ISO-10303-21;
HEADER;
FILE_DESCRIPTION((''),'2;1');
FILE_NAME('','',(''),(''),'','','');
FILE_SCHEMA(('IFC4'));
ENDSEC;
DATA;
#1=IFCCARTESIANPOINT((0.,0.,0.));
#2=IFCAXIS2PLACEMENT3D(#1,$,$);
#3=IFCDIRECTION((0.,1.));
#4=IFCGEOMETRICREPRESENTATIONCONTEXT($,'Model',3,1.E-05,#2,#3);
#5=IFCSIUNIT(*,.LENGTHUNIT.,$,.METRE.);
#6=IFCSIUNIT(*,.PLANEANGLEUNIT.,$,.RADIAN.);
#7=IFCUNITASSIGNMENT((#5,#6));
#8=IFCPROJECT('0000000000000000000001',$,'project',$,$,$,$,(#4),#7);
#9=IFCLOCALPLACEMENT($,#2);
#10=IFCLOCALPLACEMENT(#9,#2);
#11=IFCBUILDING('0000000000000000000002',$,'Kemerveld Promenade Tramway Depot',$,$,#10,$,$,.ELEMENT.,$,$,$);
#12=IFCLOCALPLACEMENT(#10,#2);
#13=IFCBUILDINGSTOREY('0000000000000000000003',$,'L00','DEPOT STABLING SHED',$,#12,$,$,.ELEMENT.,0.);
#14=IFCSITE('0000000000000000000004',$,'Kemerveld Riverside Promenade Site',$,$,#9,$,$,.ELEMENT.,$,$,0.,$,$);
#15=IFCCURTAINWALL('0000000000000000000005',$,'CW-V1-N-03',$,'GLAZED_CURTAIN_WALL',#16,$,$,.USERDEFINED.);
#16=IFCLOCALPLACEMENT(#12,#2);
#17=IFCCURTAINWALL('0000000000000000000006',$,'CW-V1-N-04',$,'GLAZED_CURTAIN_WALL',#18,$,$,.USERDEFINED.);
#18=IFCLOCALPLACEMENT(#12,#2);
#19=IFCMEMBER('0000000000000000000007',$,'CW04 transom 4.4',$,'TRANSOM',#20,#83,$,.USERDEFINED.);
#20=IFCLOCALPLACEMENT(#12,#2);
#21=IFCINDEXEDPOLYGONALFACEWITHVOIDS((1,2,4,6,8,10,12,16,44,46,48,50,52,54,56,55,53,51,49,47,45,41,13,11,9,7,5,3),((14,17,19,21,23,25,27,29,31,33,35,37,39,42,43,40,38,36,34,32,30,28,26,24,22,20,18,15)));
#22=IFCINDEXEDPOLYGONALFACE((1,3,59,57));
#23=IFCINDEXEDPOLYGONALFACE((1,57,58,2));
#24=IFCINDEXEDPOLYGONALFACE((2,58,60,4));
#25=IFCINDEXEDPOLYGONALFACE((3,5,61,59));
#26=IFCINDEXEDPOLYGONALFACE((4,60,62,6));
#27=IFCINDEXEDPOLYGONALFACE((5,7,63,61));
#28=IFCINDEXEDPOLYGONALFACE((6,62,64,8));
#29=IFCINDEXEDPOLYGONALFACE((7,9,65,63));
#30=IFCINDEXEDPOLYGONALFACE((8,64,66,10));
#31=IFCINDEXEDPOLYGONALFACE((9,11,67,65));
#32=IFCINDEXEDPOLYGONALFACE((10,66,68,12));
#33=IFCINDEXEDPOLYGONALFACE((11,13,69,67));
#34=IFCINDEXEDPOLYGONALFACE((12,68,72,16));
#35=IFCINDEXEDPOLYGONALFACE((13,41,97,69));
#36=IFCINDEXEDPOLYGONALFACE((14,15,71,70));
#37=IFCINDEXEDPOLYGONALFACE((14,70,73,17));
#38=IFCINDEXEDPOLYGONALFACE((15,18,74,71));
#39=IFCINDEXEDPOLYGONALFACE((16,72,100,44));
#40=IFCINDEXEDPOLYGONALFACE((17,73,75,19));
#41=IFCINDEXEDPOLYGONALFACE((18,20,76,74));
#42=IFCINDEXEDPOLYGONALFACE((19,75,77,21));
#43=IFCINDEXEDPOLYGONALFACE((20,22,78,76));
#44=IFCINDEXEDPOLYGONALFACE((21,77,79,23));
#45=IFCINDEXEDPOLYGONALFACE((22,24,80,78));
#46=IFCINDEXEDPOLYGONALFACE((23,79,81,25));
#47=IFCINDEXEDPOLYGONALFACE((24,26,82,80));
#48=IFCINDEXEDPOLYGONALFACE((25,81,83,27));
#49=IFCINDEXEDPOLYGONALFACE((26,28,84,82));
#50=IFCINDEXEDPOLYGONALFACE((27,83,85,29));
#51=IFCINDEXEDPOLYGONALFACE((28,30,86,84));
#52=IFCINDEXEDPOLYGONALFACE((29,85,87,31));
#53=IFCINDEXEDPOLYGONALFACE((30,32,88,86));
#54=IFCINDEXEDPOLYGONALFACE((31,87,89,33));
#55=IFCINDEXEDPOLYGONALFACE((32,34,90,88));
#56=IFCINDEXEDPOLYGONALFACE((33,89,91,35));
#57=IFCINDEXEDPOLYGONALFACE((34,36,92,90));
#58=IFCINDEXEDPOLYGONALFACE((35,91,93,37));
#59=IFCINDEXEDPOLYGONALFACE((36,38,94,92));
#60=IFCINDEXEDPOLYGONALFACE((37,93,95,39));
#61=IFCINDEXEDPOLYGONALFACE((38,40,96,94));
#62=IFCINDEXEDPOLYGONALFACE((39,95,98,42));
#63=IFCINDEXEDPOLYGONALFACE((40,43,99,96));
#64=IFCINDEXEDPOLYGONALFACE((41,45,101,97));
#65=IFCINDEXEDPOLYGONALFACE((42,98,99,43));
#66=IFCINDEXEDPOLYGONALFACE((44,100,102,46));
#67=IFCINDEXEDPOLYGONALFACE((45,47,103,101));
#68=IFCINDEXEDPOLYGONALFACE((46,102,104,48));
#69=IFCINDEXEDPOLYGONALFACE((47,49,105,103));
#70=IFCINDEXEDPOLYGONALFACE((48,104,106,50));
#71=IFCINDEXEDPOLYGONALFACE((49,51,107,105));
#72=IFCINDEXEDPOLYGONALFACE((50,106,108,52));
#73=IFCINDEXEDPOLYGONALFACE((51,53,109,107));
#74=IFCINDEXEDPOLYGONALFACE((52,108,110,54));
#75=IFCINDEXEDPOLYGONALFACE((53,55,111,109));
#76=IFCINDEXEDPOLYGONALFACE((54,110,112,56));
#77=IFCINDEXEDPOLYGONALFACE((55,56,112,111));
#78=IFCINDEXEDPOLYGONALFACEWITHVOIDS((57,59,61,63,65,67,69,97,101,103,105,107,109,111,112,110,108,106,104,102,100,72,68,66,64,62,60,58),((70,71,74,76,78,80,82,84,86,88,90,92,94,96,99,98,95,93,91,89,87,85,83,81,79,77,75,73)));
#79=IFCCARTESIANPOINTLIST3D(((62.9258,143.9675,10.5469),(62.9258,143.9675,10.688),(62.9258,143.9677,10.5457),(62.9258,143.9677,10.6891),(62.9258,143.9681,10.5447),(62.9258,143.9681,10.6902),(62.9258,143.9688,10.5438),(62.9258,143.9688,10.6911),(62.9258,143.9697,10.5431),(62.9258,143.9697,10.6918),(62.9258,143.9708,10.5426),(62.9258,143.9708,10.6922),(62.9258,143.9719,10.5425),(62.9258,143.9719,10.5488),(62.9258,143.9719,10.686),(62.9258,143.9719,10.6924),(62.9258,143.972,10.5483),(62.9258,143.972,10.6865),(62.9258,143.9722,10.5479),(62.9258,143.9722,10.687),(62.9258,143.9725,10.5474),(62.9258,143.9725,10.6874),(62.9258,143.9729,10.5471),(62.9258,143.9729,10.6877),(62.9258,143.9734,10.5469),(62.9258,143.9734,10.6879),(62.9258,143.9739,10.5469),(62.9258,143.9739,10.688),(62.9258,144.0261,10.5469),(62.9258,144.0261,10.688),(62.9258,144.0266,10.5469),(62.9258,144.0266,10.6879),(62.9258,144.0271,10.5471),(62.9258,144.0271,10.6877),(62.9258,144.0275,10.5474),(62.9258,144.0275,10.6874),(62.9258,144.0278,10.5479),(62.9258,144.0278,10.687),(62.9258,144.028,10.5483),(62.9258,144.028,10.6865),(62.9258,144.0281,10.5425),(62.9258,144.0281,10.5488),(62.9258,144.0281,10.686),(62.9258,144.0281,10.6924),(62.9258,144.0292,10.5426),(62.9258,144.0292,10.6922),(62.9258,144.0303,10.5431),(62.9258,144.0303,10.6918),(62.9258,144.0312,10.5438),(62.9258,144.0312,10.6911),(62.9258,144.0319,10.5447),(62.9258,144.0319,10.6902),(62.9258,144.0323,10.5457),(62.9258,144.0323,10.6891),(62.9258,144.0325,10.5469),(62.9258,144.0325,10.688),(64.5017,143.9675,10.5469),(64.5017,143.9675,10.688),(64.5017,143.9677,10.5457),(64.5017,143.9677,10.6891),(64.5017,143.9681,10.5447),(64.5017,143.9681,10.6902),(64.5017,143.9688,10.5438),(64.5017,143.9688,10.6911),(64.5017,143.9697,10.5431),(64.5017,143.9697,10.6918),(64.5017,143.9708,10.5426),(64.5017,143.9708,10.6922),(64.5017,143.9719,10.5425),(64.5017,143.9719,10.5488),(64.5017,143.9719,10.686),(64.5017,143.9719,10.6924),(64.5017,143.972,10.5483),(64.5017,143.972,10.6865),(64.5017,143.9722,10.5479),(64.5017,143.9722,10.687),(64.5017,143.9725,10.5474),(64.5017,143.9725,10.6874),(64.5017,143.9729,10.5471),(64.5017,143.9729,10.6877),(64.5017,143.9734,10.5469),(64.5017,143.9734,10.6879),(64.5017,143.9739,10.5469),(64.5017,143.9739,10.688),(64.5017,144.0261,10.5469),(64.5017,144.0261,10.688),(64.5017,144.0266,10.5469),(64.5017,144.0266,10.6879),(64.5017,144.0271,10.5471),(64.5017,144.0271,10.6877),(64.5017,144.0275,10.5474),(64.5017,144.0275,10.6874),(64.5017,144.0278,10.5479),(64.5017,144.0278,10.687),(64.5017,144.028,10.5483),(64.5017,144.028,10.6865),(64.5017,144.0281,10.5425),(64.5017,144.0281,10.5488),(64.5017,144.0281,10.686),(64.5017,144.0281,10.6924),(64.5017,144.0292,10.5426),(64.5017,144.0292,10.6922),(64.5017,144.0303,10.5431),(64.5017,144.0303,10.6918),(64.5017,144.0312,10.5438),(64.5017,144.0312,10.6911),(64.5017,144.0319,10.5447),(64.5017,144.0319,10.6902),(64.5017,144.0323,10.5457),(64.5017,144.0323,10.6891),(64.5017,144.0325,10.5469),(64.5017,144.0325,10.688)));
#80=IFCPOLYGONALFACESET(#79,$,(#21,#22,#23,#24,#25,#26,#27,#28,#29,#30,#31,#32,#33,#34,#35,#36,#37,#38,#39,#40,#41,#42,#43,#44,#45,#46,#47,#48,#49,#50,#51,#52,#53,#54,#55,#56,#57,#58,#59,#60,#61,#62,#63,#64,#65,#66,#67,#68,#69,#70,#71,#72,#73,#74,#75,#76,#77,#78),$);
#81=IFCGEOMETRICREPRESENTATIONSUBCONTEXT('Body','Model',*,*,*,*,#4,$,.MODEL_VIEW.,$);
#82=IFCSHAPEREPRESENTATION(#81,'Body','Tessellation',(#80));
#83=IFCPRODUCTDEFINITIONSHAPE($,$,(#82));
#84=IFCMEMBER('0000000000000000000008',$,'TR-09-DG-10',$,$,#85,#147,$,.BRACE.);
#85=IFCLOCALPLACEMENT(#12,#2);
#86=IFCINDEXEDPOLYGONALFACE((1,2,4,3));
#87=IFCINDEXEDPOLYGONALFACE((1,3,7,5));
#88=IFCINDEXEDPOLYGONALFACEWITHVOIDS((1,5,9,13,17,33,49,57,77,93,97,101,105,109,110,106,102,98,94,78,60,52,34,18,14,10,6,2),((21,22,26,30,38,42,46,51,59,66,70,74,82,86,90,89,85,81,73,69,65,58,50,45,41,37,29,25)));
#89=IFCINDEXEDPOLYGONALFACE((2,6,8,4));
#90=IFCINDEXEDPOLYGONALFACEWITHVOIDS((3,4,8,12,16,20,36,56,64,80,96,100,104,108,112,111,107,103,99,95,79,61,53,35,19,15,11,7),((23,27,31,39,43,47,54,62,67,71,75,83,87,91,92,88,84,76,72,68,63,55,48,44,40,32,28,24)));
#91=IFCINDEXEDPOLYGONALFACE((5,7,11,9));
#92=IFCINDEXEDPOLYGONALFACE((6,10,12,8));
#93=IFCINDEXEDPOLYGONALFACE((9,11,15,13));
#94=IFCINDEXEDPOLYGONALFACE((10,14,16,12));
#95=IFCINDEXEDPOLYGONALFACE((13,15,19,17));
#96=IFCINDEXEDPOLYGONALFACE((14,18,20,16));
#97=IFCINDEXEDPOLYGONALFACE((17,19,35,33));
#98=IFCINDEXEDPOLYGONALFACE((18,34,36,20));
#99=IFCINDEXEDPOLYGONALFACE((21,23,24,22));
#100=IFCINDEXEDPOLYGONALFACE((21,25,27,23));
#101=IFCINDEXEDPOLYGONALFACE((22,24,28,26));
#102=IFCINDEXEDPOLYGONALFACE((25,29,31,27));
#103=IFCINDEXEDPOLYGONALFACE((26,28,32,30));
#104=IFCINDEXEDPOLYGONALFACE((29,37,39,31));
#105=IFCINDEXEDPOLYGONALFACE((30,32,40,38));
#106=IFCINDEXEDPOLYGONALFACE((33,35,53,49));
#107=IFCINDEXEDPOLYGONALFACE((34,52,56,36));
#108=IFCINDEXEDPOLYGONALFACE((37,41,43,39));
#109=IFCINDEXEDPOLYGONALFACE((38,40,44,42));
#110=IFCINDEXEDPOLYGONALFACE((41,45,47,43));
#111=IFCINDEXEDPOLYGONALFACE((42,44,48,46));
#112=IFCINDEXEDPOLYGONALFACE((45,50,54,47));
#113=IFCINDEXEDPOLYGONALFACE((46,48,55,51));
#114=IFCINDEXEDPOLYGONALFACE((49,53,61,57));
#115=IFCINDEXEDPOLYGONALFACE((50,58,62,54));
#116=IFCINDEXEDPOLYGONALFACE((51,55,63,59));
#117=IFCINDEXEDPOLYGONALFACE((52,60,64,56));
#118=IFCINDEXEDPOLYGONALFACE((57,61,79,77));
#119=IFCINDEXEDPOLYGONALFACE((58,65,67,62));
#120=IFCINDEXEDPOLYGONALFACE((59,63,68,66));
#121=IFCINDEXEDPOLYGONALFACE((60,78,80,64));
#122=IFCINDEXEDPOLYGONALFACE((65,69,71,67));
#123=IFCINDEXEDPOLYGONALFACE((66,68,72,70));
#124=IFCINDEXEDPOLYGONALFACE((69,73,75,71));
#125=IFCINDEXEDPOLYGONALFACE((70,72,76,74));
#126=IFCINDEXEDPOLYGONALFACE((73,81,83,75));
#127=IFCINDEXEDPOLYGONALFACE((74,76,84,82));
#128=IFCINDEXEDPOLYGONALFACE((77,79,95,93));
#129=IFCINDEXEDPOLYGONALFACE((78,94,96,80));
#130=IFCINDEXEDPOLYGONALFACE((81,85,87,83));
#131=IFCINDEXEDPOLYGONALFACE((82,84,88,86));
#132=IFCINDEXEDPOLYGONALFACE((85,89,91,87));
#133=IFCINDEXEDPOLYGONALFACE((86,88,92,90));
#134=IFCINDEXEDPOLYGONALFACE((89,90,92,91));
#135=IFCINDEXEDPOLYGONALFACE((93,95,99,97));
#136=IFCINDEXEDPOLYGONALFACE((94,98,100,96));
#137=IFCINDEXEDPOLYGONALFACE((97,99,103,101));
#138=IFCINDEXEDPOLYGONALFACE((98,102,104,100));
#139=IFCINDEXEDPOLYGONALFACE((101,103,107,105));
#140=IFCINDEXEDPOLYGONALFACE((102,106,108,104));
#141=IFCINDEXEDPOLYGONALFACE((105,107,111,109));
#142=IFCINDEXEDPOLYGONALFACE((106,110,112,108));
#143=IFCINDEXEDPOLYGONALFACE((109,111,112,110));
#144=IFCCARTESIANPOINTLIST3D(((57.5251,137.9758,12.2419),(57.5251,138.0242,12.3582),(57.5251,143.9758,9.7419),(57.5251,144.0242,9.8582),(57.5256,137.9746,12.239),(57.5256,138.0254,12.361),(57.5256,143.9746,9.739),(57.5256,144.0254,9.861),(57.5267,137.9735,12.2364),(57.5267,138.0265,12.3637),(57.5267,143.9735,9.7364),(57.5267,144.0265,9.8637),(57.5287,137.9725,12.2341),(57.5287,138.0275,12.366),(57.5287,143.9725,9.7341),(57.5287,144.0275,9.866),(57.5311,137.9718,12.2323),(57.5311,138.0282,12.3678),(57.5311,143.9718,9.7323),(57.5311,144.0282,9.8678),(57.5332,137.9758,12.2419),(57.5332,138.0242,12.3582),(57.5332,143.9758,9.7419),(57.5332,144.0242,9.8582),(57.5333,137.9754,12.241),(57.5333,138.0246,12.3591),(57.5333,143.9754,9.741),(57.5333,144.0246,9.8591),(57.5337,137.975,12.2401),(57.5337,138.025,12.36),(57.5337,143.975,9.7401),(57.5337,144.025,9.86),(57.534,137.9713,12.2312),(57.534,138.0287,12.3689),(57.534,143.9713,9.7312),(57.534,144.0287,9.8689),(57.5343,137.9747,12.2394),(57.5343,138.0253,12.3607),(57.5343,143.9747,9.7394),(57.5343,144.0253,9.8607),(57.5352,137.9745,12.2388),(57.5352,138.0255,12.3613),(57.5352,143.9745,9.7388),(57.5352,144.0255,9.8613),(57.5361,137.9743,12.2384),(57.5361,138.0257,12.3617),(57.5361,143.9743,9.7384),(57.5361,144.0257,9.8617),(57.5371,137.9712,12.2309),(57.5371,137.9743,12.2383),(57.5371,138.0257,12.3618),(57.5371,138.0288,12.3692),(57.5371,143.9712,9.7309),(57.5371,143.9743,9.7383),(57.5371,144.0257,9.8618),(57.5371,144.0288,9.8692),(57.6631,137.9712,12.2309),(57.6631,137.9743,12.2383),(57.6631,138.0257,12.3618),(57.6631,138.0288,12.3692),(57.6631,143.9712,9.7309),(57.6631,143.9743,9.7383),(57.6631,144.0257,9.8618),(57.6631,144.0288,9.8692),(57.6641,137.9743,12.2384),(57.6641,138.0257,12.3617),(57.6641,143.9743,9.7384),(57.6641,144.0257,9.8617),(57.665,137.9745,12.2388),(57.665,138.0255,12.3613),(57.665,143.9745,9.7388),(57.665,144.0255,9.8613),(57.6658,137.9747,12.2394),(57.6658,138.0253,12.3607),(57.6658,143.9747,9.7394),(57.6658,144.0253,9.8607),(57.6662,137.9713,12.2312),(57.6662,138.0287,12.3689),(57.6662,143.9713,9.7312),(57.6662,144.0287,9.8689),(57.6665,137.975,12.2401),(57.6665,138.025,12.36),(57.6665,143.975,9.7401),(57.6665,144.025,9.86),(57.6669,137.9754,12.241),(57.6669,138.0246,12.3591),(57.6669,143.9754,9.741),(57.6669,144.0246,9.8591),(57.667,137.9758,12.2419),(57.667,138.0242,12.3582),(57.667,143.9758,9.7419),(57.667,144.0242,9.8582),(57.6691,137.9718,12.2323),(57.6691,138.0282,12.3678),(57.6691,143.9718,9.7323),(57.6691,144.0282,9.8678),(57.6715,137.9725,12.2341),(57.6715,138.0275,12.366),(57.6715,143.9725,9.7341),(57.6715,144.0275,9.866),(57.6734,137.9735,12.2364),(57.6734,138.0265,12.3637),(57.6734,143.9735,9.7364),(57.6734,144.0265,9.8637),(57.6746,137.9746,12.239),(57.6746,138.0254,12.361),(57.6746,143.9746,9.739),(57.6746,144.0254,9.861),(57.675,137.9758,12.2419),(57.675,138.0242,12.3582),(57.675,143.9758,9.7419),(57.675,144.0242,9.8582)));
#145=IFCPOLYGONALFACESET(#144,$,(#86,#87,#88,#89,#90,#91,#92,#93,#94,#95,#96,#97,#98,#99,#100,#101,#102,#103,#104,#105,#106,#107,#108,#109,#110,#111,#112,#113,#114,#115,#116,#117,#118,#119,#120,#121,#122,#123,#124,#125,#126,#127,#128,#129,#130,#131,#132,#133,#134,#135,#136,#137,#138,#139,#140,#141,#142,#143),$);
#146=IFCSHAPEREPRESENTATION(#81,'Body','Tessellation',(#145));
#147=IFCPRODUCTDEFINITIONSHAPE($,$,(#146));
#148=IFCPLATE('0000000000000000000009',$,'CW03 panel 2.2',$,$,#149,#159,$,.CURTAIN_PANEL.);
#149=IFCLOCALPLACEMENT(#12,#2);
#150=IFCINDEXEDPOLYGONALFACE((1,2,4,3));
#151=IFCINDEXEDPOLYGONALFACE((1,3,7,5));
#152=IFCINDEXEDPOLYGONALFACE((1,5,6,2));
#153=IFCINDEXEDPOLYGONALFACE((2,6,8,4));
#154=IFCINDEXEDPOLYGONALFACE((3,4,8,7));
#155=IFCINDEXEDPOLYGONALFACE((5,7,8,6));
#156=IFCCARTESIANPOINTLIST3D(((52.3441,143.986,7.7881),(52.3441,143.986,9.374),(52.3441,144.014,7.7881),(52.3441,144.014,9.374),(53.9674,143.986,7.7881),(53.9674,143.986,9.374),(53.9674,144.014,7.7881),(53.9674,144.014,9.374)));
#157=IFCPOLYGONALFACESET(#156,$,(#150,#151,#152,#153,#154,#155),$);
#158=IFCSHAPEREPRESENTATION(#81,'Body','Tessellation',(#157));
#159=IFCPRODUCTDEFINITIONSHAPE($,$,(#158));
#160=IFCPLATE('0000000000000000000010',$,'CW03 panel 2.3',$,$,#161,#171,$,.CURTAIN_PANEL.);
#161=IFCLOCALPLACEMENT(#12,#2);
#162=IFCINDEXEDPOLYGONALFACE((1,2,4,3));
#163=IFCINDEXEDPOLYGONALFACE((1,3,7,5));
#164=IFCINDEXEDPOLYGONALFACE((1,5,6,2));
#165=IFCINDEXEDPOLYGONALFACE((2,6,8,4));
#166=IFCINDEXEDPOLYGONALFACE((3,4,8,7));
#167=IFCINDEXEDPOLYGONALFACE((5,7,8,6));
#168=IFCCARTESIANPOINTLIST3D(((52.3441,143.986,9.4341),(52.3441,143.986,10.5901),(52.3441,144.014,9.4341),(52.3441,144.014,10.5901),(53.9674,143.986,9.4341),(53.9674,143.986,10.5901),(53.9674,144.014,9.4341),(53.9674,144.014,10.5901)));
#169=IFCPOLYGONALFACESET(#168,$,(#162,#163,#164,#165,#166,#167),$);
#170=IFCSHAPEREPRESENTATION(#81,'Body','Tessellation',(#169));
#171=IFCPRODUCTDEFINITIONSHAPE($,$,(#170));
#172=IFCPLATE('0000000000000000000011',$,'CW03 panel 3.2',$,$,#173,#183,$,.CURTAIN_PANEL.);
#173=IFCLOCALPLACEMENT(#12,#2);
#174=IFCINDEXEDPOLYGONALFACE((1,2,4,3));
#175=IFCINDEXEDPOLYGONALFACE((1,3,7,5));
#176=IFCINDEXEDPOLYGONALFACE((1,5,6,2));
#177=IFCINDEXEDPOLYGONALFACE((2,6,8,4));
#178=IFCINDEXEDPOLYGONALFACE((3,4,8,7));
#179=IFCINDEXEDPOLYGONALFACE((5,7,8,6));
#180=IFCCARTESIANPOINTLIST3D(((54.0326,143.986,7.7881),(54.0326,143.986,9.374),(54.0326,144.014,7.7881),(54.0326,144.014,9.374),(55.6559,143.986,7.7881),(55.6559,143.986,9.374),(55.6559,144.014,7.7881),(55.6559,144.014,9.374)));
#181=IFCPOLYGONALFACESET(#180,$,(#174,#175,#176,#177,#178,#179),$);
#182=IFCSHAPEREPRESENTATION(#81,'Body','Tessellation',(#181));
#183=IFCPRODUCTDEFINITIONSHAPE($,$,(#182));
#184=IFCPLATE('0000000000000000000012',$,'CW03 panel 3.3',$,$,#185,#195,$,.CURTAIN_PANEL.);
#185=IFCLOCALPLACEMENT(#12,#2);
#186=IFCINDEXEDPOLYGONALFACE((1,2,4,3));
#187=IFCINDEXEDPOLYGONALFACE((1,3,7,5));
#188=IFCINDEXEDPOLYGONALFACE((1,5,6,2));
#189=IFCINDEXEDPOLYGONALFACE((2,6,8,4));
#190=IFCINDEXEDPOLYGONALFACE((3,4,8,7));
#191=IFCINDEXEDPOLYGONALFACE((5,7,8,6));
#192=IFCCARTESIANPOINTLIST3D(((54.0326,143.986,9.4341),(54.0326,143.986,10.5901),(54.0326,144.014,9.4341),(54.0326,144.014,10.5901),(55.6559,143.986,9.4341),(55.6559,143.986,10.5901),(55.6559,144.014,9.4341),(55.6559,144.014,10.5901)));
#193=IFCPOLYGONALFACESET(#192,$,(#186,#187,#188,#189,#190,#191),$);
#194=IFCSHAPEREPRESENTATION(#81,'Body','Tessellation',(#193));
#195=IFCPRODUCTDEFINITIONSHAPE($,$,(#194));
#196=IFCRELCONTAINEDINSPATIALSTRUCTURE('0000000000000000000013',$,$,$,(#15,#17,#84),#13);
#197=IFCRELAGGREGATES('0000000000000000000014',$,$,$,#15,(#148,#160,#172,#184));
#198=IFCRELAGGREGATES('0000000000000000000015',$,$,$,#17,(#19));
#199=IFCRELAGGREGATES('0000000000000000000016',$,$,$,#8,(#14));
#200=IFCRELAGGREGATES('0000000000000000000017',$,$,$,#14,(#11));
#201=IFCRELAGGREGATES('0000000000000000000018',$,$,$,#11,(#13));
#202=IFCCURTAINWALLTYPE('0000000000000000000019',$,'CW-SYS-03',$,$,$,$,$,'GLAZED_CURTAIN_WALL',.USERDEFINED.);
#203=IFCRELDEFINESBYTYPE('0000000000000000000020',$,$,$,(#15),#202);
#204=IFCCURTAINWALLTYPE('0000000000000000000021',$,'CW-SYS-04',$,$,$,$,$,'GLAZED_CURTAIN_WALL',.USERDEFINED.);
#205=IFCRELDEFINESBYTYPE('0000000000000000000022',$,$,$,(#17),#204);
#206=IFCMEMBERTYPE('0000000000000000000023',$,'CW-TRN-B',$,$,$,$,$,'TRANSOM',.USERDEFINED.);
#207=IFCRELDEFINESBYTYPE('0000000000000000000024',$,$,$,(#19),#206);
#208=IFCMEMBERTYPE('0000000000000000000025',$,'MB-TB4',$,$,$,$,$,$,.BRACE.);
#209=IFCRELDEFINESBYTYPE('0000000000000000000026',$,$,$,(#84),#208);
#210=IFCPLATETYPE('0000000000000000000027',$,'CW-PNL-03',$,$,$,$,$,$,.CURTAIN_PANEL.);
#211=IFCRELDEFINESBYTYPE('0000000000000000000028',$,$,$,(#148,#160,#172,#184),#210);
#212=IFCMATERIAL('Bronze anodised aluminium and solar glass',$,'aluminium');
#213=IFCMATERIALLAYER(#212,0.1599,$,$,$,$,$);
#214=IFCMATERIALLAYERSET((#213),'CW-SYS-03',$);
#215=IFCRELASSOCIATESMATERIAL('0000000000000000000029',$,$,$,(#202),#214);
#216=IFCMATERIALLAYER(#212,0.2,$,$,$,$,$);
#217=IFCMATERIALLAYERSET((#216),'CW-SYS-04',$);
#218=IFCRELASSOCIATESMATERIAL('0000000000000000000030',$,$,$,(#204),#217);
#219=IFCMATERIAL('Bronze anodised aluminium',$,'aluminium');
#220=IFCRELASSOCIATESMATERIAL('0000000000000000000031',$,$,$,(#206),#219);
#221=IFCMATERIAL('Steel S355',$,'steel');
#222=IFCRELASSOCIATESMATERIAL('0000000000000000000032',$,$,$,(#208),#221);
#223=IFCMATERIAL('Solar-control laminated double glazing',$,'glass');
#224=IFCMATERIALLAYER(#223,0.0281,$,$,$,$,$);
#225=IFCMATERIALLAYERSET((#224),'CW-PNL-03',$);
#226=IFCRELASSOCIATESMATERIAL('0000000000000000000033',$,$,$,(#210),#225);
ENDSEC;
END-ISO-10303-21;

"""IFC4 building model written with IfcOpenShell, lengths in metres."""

from ifc_helpers import new_model, si_unit, direction, frame, origin, origin_2d, place, context, subcontext, project, spatial, rectangle, hollow_rectangle, extrude, material, layer, layer_set, material_profile, profile_set, type_object, element, aggregate, save


model = new_model("IFC4")

# Units and contexts
model_context = context("Model", 3, precision=1e-05, world=origin(), true_north=direction((0.0, 1.0)))
body_context = subcontext(model_context, "Body", "Model", "MODEL_VIEW")
ifc_project = project(units=[si_unit("LENGTHUNIT", "METRE"), si_unit("PLANEANGLEUNIT", "RADIAN")], contexts=[model_context])

# Site, building, storey
site_placement = place(None, origin())
site = spatial("IfcSite", under=ifc_project, at=site_placement, Name="Kemerveld Riverside Promenade Site", CompositionType="ELEMENT", RefElevation=0.0)
building_placement = place(site_placement, origin())
building = spatial("IfcBuilding", under=site, at=building_placement, Name="Kemerveld Promenade Tramway Depot", CompositionType="ELEMENT")
storey_placement = place(building_placement, origin())
storey = spatial("IfcBuildingStorey", under=building, at=storey_placement, Name="L00", Description="DEPOT STABLING SHED", CompositionType="ELEMENT", Elevation=0.0)

# Shared definitions
ifc_material_1 = material(Name="Steel S355", Category="steel")

# Curtain walls, member
ifc_material_2 = material(Name="Bronze anodised aluminium and solar glass", Category="aluminium")
ifc_layer_1 = layer(ifc_material_2, 0.1599)
ifc_layer_set_1 = layer_set([ifc_layer_1], Name="CW-SYS-03")
curtain_wall_type_1 = type_object("IfcCurtainWallType", Name="CW-SYS-03", ElementType="GLAZED_CURTAIN_WALL", PredefinedType="USERDEFINED", material=ifc_layer_set_1)
curtain_wall_1_placement = place(storey_placement, origin())
curtain_wall_1 = element("IfcCurtainWall", 1, at=curtain_wall_1_placement, inside=storey, type_object=curtain_wall_type_1, Name="CW-V1-N-03", ObjectType="GLAZED_CURTAIN_WALL", PredefinedType="USERDEFINED")
ifc_material_3 = material(Name="Bronze anodised aluminium", Category="aluminium")
ifc_layer_2 = layer(ifc_material_2, 0.2)
ifc_layer_set_2 = layer_set([ifc_layer_2], Name="CW-SYS-04")
curtain_wall_type_2 = type_object("IfcCurtainWallType", Name="CW-SYS-04", ElementType="GLAZED_CURTAIN_WALL", PredefinedType="USERDEFINED", material=ifc_layer_set_2)
curtain_wall_2_placement = place(storey_placement, origin())
curtain_wall_2 = element("IfcCurtainWall", 2, at=curtain_wall_2_placement, inside=storey, type_object=curtain_wall_type_2, Name="CW-V1-N-04", ObjectType="GLAZED_CURTAIN_WALL", PredefinedType="USERDEFINED")
ifc_material_profile_1 = material_profile(ifc_material_3, hollow_rectangle(XDim=0.0649, YDim=0.1499, WallThickness=0.0044, InnerFilletRadius=0.002, OuterFilletRadius=0.0044, at=origin_2d()), Name="CW-TRN-150x65")
ifc_profile_set_1 = profile_set([ifc_material_profile_1], Name="Bronze anodised aluminium")
member_type_1 = type_object("IfcMemberType", Name="CW-TRN-B", ElementType="TRANSOM", PredefinedType="USERDEFINED", material=ifc_profile_set_1)
member_1_placement = place(storey_placement, frame((62.9258, 144.0, 10.6174), z_axis=(1.0, 0.0, 0.0), x_axis=(0.0, 1.0, 0.0)))
member_1 = element("IfcMember", 3, at=member_1_placement, type_object=member_type_1, Name="CW04 transom 4.4", ObjectType="TRANSOM", PredefinedType="USERDEFINED", context=body_context, shape_type="SweptSolid", body=[
    extrude(hollow_rectangle(XDim=0.0649, YDim=0.1499, WallThickness=0.0044, InnerFilletRadius=0.002, OuterFilletRadius=0.0044, at=origin_2d()), origin(), (0.0, 0.0, 1.0), 1.5759),
])

# Member
ifc_material_profile_2 = material_profile(ifc_material_1, hollow_rectangle(XDim=0.1499, YDim=0.1499, WallThickness=0.0081, InnerFilletRadius=0.0039, OuterFilletRadius=0.012, at=origin_2d()), Name="150x150x8.0 SHS")
ifc_profile_set_2 = profile_set([ifc_material_profile_2], Name="Steel S355")
member_type_2 = type_object("IfcMemberType", Name="MB-TB4", PredefinedType="BRACE", material=ifc_profile_set_2)
member_2_placement = place(storey_placement, frame((57.6001, 144.0, 9.8), z_axis=(0.0, -0.923077, 0.384615), x_axis=(1.0, 0.0, 0.0)))
element("IfcMember", 4, at=member_2_placement, inside=storey, type_object=member_type_2, Name="TR-09-DG-10", PredefinedType="BRACE", context=body_context, shape_type="SweptSolid", body=[
    extrude(hollow_rectangle(XDim=0.1499, YDim=0.1499, WallThickness=0.0081, InnerFilletRadius=0.0039, OuterFilletRadius=0.012, at=origin_2d()), origin(), (0.0, 0.0, 1.0), 6.5),
])

# Plates
ifc_material_4 = material(Name="Solar-control laminated double glazing", Category="glass")
ifc_layer_3 = layer(ifc_material_4, 0.0281)
ifc_layer_set_3 = layer_set([ifc_layer_3], Name="CW-PNL-03")
plate_type_1 = type_object("IfcPlateType", Name="CW-PNL-03", PredefinedType="CURTAIN_PANEL", material=ifc_layer_set_3)
plate_1_placement = place(storey_placement, frame((53.1558, 144.0, 7.7881), z_axis=(0.0, 0.0, 1.0), x_axis=(1.0, 0.0, 0.0)))
plate_1 = element("IfcPlate", 5, at=plate_1_placement, type_object=plate_type_1, Name="CW03 panel 2.2", PredefinedType="CURTAIN_PANEL", context=body_context, shape_type="SweptSolid", body=[
    extrude(rectangle(XDim=1.6233, YDim=0.0281, at=origin_2d()), origin(), (0.0, 0.0, 1.0), 1.5859),
])
plate_2_placement = place(storey_placement, frame((53.1558, 144.0, 9.4341), z_axis=(0.0, 0.0, 1.0), x_axis=(1.0, 0.0, 0.0)))
plate_2 = element("IfcPlate", 6, at=plate_2_placement, type_object=plate_type_1, Name="CW03 panel 2.3", PredefinedType="CURTAIN_PANEL", context=body_context, shape_type="SweptSolid", body=[
    extrude(rectangle(XDim=1.6233, YDim=0.0281, at=origin_2d()), origin(), (0.0, 0.0, 1.0), 1.156),
])
plate_3_placement = place(storey_placement, frame((54.8442, 144.0, 7.7881), z_axis=(0.0, 0.0, 1.0), x_axis=(1.0, 0.0, 0.0)))
plate_3 = element("IfcPlate", 7, at=plate_3_placement, type_object=plate_type_1, Name="CW03 panel 3.2", PredefinedType="CURTAIN_PANEL", context=body_context, shape_type="SweptSolid", body=[
    extrude(rectangle(XDim=1.6233, YDim=0.0281, at=origin_2d()), origin(), (0.0, 0.0, 1.0), 1.5859),
])
plate_4_placement = place(storey_placement, frame((54.8442, 144.0, 9.4341), z_axis=(0.0, 0.0, 1.0), x_axis=(1.0, 0.0, 0.0)))
plate_4 = element("IfcPlate", 8, at=plate_4_placement, type_object=plate_type_1, Name="CW03 panel 3.3", PredefinedType="CURTAIN_PANEL", context=body_context, shape_type="SweptSolid", body=[
    extrude(rectangle(XDim=1.6233, YDim=0.0281, at=origin_2d()), origin(), (0.0, 0.0, 1.0), 1.156),
])
aggregate(curtain_wall_1, [plate_1, plate_2, plate_3, plate_4])
aggregate(curtain_wall_2, [member_1])

save(model, "model.ifc")
